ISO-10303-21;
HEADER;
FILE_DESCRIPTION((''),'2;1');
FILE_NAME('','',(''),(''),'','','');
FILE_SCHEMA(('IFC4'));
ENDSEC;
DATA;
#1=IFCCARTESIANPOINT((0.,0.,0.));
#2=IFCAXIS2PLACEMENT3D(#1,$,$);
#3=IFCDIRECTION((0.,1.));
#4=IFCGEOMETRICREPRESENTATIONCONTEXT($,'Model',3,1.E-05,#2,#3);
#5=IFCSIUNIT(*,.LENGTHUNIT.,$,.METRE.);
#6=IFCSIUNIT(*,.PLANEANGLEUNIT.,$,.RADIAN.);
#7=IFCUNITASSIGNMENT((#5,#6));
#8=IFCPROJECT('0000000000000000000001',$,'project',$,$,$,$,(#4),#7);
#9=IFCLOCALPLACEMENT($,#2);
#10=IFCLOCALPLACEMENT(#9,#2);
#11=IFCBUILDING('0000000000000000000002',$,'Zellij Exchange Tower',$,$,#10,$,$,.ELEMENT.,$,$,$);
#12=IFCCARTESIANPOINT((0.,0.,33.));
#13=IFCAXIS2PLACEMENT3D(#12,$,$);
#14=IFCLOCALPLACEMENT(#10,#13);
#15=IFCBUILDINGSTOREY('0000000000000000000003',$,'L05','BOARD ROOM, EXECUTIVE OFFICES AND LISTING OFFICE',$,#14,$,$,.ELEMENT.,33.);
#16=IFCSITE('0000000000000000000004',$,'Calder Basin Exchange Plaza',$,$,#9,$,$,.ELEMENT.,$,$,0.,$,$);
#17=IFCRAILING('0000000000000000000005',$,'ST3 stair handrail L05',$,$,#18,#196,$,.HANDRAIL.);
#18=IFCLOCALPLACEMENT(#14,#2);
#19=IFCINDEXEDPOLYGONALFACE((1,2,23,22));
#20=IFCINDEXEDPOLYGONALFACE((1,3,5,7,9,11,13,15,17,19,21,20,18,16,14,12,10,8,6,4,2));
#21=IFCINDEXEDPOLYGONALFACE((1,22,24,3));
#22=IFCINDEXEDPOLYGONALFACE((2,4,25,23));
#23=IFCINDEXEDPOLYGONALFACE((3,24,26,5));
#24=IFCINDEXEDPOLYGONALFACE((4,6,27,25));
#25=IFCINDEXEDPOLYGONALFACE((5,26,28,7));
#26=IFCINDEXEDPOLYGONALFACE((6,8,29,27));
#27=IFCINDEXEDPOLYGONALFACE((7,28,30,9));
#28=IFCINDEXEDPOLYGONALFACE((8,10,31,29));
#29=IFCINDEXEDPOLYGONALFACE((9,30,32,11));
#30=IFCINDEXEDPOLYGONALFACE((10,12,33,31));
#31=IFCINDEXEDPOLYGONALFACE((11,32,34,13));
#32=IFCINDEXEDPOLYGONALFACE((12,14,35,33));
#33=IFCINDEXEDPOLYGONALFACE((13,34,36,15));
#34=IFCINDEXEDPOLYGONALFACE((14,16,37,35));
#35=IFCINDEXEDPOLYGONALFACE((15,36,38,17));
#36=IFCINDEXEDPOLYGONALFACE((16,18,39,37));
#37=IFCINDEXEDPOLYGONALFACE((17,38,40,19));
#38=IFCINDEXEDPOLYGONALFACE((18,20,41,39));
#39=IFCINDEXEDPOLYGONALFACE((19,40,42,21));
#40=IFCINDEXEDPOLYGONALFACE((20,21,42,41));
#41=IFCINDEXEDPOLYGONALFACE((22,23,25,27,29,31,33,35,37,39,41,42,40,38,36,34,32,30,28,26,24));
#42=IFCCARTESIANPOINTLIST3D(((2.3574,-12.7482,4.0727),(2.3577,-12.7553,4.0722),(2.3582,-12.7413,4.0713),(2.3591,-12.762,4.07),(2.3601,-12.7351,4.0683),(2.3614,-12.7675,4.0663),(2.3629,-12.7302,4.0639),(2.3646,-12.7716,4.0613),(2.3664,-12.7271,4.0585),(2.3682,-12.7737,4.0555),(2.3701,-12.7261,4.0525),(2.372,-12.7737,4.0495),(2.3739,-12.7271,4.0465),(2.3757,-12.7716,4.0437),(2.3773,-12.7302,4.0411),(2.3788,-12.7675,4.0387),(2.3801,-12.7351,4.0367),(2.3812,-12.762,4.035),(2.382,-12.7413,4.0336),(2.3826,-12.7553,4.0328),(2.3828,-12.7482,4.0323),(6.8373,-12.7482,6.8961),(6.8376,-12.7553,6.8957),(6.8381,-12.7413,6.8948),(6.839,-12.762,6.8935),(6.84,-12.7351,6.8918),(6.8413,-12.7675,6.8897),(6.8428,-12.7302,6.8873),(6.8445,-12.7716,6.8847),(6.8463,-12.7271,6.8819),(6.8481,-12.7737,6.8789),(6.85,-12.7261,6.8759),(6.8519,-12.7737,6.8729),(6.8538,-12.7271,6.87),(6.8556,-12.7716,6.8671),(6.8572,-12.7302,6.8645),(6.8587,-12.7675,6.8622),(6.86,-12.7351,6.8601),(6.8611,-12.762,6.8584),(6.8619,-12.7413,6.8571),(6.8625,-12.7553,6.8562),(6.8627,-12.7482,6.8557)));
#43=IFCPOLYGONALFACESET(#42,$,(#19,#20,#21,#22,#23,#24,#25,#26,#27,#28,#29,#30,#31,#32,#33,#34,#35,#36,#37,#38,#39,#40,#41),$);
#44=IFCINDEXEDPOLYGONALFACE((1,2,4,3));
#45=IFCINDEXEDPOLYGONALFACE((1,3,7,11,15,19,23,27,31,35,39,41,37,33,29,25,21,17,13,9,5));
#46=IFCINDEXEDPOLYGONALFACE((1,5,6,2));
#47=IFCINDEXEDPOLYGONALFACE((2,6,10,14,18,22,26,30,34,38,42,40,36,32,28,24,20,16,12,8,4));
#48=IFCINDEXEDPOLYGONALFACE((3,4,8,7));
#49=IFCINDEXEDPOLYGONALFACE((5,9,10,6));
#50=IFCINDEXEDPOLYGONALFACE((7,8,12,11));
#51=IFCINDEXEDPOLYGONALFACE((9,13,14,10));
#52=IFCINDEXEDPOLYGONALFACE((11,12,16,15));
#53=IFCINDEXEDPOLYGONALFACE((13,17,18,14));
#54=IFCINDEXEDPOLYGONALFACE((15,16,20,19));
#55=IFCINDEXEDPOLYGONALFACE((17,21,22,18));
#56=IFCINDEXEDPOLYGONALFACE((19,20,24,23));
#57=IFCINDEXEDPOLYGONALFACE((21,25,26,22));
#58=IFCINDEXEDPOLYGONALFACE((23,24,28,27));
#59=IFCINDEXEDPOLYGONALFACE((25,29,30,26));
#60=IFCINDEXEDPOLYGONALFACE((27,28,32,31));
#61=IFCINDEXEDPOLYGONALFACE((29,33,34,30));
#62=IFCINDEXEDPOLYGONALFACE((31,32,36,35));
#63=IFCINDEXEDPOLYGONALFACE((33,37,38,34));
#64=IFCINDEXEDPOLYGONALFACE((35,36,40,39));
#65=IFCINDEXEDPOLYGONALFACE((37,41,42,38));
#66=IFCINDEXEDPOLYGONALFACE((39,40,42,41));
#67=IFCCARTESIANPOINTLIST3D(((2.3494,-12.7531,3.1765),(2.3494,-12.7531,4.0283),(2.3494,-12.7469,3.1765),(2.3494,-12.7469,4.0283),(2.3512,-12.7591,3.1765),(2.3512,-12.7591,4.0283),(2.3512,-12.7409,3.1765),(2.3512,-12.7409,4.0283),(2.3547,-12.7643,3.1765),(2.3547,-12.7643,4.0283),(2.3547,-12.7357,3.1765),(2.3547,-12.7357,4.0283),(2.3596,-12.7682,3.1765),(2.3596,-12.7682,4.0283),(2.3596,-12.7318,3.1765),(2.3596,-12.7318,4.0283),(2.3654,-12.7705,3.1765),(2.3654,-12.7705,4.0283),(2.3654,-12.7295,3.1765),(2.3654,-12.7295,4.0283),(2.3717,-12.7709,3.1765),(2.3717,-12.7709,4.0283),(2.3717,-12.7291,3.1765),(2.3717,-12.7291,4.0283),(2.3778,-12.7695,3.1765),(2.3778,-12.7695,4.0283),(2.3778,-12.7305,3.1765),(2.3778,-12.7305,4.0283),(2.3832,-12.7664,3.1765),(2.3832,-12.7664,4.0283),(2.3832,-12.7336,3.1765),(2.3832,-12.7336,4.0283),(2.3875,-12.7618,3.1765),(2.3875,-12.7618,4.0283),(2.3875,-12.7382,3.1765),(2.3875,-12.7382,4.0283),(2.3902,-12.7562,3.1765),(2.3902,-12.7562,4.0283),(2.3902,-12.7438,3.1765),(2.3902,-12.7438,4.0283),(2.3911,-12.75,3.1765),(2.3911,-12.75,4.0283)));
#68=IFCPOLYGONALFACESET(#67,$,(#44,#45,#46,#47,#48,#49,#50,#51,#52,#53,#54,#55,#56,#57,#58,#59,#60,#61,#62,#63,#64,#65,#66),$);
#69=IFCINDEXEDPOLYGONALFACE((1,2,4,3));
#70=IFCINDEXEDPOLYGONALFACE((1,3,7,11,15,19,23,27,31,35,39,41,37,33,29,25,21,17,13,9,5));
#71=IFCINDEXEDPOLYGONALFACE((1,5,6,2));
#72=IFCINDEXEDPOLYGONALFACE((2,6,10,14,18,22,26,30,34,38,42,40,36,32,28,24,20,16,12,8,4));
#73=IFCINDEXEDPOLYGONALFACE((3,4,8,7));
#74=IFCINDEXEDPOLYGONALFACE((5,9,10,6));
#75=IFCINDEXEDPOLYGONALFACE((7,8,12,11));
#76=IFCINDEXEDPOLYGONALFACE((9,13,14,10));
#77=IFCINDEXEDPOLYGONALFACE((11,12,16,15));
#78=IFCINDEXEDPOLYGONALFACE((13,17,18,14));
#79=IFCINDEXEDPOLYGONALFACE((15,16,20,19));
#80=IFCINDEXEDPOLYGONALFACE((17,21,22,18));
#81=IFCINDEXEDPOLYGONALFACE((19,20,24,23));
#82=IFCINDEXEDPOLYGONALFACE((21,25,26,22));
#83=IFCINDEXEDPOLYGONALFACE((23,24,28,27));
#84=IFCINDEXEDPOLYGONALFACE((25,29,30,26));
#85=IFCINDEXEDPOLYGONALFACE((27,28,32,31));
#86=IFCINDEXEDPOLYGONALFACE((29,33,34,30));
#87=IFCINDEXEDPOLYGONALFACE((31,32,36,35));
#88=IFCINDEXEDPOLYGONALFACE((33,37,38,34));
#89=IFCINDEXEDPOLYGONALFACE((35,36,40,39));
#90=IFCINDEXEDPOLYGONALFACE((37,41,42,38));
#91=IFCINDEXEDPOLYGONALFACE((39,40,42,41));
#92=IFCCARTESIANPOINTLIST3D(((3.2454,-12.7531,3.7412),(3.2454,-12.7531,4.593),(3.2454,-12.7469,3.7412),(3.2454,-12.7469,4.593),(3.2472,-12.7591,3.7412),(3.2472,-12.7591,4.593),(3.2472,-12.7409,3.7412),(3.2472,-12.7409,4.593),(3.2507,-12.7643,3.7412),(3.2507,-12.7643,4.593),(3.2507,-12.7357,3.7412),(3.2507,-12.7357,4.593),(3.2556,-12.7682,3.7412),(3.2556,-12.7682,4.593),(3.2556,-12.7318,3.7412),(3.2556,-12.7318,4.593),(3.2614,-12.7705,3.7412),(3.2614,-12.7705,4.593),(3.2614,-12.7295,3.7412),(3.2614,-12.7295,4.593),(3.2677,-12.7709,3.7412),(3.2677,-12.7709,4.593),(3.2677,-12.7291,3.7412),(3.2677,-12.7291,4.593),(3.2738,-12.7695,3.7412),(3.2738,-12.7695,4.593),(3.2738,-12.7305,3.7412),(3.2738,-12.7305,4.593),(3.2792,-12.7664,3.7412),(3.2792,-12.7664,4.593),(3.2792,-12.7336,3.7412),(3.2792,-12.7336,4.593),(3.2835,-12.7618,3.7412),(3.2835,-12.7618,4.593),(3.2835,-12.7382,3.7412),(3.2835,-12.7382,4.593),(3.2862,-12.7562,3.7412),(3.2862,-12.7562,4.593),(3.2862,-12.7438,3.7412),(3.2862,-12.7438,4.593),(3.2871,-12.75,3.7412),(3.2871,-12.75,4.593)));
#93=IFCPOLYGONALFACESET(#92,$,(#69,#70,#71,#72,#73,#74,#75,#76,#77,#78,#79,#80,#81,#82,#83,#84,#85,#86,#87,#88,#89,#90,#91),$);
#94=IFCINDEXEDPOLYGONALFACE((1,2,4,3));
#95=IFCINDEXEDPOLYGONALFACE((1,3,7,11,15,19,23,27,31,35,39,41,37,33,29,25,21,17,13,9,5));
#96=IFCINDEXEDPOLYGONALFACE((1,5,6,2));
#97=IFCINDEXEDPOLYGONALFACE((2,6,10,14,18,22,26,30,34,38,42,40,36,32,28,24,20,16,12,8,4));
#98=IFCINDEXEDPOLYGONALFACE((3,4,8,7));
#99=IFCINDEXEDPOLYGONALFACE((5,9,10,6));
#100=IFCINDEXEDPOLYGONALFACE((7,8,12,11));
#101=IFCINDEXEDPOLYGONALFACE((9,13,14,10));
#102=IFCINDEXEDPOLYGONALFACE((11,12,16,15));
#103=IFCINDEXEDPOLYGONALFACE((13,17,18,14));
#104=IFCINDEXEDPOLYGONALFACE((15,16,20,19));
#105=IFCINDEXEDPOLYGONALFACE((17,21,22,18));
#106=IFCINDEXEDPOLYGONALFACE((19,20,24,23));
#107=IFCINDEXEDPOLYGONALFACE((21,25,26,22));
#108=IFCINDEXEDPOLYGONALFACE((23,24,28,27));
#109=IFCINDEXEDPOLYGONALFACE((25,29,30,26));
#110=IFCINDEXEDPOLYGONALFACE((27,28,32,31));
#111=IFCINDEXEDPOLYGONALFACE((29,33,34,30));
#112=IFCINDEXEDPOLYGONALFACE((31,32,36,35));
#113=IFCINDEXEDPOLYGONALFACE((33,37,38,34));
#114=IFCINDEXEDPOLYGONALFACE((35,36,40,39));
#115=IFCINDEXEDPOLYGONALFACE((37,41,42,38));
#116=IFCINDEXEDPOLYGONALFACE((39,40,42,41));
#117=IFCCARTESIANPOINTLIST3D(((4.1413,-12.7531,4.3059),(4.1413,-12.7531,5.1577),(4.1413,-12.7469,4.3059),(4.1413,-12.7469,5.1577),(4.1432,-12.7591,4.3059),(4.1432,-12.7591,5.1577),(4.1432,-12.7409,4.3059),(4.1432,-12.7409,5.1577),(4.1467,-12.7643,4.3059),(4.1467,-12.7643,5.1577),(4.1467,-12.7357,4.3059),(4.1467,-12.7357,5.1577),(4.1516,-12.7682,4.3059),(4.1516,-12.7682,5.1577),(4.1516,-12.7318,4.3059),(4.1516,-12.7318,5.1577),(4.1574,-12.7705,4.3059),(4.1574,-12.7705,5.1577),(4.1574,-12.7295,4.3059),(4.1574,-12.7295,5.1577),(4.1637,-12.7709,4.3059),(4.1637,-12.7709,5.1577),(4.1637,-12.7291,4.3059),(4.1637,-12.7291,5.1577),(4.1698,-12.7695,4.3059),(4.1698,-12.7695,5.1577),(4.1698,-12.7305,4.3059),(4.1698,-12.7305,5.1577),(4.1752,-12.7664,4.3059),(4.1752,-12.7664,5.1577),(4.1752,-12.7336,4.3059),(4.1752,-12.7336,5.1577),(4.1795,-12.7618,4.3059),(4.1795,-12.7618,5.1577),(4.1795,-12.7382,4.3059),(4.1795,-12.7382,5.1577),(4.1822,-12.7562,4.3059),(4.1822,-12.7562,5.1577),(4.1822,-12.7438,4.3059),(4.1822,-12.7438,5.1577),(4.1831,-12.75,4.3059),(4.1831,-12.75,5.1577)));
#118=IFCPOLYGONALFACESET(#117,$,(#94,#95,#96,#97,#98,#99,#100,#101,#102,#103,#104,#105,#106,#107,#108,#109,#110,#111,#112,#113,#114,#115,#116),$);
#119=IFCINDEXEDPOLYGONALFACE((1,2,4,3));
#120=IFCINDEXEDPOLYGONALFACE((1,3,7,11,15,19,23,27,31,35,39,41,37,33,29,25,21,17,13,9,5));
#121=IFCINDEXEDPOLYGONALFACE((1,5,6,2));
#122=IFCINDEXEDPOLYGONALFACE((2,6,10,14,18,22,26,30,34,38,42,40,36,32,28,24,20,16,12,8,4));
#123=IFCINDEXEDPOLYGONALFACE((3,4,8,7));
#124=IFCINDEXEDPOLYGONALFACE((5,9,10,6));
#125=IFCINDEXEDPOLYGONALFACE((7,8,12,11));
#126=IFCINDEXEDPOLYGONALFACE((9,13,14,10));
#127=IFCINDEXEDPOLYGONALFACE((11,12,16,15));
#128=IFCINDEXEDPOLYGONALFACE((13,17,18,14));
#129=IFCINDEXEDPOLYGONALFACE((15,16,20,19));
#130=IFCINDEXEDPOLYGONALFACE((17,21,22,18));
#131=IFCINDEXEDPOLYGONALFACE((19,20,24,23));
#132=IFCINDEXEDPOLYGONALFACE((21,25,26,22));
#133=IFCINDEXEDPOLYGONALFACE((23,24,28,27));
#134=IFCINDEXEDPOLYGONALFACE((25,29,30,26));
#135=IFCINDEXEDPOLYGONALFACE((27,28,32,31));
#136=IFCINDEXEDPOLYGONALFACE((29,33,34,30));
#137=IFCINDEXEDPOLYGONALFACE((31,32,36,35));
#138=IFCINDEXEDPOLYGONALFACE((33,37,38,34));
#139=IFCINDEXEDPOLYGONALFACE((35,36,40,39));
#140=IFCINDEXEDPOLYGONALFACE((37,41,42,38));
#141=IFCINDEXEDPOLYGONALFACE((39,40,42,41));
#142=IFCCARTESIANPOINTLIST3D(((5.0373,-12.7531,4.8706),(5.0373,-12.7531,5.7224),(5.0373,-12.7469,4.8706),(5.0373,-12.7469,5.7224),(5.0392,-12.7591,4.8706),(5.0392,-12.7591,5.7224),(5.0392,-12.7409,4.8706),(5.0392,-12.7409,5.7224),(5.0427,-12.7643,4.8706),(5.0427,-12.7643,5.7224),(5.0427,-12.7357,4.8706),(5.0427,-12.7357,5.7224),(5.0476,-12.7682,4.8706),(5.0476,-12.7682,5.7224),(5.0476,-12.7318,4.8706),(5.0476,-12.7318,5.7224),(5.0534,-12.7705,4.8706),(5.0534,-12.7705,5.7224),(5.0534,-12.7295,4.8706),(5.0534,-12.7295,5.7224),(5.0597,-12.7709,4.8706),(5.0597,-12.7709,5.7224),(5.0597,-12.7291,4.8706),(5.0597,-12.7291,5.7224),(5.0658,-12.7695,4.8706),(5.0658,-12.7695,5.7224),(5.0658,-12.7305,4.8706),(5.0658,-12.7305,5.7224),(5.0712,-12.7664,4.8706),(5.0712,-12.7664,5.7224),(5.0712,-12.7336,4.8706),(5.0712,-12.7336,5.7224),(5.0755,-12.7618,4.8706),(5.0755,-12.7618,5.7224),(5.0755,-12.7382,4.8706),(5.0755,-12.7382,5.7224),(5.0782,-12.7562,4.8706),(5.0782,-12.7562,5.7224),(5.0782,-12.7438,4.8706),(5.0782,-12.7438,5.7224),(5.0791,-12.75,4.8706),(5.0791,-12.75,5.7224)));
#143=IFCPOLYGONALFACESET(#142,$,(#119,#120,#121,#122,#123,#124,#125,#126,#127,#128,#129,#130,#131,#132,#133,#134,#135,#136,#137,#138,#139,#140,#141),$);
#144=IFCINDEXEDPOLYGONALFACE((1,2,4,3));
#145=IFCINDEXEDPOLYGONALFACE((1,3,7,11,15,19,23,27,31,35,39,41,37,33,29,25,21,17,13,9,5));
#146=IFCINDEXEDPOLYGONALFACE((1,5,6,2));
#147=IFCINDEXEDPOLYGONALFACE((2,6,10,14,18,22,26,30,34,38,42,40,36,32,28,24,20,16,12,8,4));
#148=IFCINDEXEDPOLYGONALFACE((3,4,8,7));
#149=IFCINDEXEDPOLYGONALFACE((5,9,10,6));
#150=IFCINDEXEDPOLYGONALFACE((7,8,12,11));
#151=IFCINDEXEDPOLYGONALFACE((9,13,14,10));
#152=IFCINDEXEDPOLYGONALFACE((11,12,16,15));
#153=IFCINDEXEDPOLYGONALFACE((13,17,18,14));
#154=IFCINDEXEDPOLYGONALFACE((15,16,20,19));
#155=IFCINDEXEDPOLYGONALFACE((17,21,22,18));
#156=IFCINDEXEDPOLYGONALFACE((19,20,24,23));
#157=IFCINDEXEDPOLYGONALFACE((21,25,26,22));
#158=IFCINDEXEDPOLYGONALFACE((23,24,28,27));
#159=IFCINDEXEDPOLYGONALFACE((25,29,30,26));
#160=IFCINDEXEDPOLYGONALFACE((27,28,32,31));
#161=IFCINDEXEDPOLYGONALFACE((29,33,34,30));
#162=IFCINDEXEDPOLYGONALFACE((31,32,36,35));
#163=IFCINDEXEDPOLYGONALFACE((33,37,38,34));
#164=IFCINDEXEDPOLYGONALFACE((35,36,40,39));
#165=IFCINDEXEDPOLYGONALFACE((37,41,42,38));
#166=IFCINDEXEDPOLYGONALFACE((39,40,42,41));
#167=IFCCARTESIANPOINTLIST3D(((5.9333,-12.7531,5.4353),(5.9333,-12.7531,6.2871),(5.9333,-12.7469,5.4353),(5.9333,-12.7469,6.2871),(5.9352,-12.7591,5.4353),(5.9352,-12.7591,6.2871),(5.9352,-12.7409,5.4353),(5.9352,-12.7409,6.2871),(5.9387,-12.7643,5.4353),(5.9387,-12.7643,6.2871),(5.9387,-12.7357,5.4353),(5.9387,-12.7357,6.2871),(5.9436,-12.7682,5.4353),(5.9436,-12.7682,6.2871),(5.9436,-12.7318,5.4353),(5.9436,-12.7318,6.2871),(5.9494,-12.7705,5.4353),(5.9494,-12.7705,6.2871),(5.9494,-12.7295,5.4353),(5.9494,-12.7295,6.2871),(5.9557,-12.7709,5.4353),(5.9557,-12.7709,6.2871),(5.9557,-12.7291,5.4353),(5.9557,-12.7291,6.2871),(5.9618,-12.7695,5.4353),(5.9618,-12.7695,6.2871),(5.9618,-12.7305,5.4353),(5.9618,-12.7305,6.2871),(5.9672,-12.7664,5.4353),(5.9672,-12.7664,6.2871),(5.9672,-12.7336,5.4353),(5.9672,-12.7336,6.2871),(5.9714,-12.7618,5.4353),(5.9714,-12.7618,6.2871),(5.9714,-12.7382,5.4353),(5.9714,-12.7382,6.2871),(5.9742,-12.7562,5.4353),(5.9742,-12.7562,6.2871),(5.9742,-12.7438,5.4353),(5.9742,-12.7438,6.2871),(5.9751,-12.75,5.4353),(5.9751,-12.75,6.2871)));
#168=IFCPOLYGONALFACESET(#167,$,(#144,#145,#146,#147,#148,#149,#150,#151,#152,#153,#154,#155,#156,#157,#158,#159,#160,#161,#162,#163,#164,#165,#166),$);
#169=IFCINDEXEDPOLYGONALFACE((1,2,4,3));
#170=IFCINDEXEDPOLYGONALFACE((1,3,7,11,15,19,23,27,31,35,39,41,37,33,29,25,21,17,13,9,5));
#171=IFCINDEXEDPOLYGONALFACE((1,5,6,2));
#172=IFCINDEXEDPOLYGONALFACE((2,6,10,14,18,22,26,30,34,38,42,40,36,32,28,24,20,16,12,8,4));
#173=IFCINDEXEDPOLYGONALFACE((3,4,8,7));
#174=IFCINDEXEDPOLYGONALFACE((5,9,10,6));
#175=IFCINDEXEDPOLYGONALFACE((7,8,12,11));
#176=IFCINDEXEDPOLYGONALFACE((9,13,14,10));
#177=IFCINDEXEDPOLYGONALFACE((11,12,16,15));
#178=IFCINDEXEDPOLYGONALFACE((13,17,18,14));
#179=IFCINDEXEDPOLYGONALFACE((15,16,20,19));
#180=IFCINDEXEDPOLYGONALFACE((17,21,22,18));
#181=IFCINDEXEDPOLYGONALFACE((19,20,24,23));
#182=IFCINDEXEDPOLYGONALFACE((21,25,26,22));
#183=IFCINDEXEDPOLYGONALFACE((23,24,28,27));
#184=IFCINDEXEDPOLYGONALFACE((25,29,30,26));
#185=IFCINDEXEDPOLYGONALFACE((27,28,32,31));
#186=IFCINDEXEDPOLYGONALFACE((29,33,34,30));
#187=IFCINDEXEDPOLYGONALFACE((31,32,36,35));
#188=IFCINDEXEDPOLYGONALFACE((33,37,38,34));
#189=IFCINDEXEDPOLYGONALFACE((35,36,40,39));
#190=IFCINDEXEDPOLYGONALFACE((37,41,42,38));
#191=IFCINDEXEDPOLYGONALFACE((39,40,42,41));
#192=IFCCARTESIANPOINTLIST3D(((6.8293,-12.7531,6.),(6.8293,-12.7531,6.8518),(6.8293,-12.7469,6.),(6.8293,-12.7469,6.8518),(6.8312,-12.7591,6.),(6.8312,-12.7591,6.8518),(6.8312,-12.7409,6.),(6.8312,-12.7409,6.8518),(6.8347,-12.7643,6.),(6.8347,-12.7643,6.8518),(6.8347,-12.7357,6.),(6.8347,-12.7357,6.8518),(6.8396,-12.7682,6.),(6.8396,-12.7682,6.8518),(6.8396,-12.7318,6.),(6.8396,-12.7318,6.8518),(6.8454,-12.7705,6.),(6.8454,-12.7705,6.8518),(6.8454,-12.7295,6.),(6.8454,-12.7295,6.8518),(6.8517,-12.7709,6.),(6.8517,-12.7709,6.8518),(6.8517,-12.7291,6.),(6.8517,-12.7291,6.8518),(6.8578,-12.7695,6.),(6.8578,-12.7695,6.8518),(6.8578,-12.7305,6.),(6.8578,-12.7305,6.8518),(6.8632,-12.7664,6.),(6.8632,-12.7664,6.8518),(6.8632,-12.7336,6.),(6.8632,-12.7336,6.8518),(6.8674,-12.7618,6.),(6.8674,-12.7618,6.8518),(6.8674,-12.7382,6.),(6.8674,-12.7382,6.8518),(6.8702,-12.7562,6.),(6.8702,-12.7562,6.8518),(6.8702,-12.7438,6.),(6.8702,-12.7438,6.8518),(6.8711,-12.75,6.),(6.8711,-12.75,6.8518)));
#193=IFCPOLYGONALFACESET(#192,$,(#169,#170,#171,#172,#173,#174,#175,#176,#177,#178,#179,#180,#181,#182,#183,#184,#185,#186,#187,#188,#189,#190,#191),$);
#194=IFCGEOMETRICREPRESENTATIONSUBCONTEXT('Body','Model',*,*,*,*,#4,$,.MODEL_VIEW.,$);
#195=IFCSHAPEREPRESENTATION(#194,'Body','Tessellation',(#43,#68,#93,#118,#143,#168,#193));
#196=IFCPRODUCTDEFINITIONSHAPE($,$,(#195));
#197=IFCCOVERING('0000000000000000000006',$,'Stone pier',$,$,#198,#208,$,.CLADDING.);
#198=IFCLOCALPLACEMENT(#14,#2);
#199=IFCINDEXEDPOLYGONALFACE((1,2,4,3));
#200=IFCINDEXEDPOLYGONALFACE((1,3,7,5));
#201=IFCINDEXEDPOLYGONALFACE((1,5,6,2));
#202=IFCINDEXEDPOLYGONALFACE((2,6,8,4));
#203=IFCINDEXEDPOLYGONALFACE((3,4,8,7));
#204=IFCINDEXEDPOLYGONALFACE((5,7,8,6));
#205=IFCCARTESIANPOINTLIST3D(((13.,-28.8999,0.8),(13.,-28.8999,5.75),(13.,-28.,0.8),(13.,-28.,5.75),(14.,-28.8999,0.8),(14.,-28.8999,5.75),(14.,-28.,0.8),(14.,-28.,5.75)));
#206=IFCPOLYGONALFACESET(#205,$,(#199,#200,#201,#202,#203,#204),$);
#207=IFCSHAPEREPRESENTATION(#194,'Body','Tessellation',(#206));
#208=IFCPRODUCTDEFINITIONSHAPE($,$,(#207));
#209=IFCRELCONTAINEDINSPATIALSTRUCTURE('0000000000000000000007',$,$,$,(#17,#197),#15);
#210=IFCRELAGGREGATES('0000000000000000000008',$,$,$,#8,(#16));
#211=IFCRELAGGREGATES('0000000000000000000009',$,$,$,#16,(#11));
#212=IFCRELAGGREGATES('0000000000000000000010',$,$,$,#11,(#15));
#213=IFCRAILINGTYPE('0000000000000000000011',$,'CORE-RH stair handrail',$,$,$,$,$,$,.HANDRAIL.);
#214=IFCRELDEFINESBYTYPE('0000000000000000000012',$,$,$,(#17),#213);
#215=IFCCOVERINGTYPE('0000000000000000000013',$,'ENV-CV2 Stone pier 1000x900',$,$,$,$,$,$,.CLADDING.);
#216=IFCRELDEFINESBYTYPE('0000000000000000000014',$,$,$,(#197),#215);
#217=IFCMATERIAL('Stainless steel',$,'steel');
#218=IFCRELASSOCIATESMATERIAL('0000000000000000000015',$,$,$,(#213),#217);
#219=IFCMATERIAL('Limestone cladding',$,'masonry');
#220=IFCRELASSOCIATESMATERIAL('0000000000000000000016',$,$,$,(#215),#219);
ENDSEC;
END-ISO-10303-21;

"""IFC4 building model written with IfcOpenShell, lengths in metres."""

from ifc_helpers import new_model, si_unit, direction, frame, origin, origin_2d, place, context, subcontext, project, spatial, polyline, circle, outline, extrude, material, type_object, element, save


model = new_model("IFC4")

# Units and contexts
model_context = context("Model", 3, precision=1e-05, world=origin(), true_north=direction((0.0, 1.0)))
body_context = subcontext(model_context, "Body", "Model", "MODEL_VIEW")
ifc_project = project(units=[si_unit("LENGTHUNIT", "METRE"), si_unit("PLANEANGLEUNIT", "RADIAN")], contexts=[model_context])

# Site, building, storey
site_placement = place(None, origin())
site = spatial("IfcSite", under=ifc_project, at=site_placement, Name="Calder Basin Exchange Plaza", CompositionType="ELEMENT", RefElevation=0.0)
building_placement = place(site_placement, origin())
building = spatial("IfcBuilding", under=site, at=building_placement, Name="Zellij Exchange Tower", CompositionType="ELEMENT")
storey_placement = place(building_placement, frame((0.0, 0.0, 33.0)))
storey = spatial("IfcBuildingStorey", under=building, at=storey_placement, Name="L05", Description="BOARD ROOM, EXECUTIVE OFFICES AND LISTING OFFICE", CompositionType="ELEMENT", Elevation=33.0)

# Railing
ifc_material_1 = material(Name="Stainless steel", Category="steel")
railing_type = type_object("IfcRailingType", Name="CORE-RH stair handrail", PredefinedType="HANDRAIL", material=ifc_material_1)
railing_placement = place(storey_placement, frame((2.3701, -12.75, 3.1765)))
element("IfcRailing", 1, at=railing_placement, inside=storey, type_object=railing_type, Name="ST3 stair handrail L05", PredefinedType="HANDRAIL", context=body_context, shape_type="SweptSolid", body=[
    extrude(circle(Radius=0.0239, at=origin_2d()), frame((0.0, 0.0, 0.876), z_axis=(0.845998, 0.0, 0.533186), x_axis=(0.0, 1.0, 0.0)), (0.0, 0.0, 1.0), 5.2954),
    extrude(circle(Radius=0.021, at=origin_2d()), origin(), (0.0, 0.0, 1.0), 0.8518),
    extrude(circle(Radius=0.021, at=origin_2d()), frame((0.896, 0.0, 0.5647)), (0.0, 0.0, 1.0), 0.8518),
    extrude(circle(Radius=0.021, at=origin_2d()), frame((1.792, 0.0, 1.1294)), (0.0, 0.0, 1.0), 0.8518),
    extrude(circle(Radius=0.021, at=origin_2d()), frame((2.688, 0.0, 1.6941)), (0.0, 0.0, 1.0), 0.8518),
    extrude(circle(Radius=0.021, at=origin_2d()), frame((3.584, 0.0, 2.2588)), (0.0, 0.0, 1.0), 0.8518),
    extrude(circle(Radius=0.021, at=origin_2d()), frame((4.48, 0.0, 2.8235)), (0.0, 0.0, 1.0), 0.8518),
])

# Covering
ifc_material_2 = material(Name="Limestone cladding", Category="masonry")
covering_type = type_object("IfcCoveringType", Name="ENV-CV2 Stone pier 1000x900", PredefinedType="CLADDING", material=ifc_material_2)
covering_1_placement = place(storey_placement, frame((0.0, 0.0, 0.8)))
element("IfcCovering", 2, at=covering_1_placement, inside=storey, type_object=covering_type, Name="Stone pier", PredefinedType="CLADDING", context=body_context, shape_type="SweptSolid", body=[
    extrude(outline(polyline([(13.0, -28.0), (14.0, -28.0), (14.0, -28.8999), (13.0, -28.8999), (13.0, -28.0)])), origin(), (0.0, 0.0, 1.0), 4.95),
])

save(model, "model.ifc")
